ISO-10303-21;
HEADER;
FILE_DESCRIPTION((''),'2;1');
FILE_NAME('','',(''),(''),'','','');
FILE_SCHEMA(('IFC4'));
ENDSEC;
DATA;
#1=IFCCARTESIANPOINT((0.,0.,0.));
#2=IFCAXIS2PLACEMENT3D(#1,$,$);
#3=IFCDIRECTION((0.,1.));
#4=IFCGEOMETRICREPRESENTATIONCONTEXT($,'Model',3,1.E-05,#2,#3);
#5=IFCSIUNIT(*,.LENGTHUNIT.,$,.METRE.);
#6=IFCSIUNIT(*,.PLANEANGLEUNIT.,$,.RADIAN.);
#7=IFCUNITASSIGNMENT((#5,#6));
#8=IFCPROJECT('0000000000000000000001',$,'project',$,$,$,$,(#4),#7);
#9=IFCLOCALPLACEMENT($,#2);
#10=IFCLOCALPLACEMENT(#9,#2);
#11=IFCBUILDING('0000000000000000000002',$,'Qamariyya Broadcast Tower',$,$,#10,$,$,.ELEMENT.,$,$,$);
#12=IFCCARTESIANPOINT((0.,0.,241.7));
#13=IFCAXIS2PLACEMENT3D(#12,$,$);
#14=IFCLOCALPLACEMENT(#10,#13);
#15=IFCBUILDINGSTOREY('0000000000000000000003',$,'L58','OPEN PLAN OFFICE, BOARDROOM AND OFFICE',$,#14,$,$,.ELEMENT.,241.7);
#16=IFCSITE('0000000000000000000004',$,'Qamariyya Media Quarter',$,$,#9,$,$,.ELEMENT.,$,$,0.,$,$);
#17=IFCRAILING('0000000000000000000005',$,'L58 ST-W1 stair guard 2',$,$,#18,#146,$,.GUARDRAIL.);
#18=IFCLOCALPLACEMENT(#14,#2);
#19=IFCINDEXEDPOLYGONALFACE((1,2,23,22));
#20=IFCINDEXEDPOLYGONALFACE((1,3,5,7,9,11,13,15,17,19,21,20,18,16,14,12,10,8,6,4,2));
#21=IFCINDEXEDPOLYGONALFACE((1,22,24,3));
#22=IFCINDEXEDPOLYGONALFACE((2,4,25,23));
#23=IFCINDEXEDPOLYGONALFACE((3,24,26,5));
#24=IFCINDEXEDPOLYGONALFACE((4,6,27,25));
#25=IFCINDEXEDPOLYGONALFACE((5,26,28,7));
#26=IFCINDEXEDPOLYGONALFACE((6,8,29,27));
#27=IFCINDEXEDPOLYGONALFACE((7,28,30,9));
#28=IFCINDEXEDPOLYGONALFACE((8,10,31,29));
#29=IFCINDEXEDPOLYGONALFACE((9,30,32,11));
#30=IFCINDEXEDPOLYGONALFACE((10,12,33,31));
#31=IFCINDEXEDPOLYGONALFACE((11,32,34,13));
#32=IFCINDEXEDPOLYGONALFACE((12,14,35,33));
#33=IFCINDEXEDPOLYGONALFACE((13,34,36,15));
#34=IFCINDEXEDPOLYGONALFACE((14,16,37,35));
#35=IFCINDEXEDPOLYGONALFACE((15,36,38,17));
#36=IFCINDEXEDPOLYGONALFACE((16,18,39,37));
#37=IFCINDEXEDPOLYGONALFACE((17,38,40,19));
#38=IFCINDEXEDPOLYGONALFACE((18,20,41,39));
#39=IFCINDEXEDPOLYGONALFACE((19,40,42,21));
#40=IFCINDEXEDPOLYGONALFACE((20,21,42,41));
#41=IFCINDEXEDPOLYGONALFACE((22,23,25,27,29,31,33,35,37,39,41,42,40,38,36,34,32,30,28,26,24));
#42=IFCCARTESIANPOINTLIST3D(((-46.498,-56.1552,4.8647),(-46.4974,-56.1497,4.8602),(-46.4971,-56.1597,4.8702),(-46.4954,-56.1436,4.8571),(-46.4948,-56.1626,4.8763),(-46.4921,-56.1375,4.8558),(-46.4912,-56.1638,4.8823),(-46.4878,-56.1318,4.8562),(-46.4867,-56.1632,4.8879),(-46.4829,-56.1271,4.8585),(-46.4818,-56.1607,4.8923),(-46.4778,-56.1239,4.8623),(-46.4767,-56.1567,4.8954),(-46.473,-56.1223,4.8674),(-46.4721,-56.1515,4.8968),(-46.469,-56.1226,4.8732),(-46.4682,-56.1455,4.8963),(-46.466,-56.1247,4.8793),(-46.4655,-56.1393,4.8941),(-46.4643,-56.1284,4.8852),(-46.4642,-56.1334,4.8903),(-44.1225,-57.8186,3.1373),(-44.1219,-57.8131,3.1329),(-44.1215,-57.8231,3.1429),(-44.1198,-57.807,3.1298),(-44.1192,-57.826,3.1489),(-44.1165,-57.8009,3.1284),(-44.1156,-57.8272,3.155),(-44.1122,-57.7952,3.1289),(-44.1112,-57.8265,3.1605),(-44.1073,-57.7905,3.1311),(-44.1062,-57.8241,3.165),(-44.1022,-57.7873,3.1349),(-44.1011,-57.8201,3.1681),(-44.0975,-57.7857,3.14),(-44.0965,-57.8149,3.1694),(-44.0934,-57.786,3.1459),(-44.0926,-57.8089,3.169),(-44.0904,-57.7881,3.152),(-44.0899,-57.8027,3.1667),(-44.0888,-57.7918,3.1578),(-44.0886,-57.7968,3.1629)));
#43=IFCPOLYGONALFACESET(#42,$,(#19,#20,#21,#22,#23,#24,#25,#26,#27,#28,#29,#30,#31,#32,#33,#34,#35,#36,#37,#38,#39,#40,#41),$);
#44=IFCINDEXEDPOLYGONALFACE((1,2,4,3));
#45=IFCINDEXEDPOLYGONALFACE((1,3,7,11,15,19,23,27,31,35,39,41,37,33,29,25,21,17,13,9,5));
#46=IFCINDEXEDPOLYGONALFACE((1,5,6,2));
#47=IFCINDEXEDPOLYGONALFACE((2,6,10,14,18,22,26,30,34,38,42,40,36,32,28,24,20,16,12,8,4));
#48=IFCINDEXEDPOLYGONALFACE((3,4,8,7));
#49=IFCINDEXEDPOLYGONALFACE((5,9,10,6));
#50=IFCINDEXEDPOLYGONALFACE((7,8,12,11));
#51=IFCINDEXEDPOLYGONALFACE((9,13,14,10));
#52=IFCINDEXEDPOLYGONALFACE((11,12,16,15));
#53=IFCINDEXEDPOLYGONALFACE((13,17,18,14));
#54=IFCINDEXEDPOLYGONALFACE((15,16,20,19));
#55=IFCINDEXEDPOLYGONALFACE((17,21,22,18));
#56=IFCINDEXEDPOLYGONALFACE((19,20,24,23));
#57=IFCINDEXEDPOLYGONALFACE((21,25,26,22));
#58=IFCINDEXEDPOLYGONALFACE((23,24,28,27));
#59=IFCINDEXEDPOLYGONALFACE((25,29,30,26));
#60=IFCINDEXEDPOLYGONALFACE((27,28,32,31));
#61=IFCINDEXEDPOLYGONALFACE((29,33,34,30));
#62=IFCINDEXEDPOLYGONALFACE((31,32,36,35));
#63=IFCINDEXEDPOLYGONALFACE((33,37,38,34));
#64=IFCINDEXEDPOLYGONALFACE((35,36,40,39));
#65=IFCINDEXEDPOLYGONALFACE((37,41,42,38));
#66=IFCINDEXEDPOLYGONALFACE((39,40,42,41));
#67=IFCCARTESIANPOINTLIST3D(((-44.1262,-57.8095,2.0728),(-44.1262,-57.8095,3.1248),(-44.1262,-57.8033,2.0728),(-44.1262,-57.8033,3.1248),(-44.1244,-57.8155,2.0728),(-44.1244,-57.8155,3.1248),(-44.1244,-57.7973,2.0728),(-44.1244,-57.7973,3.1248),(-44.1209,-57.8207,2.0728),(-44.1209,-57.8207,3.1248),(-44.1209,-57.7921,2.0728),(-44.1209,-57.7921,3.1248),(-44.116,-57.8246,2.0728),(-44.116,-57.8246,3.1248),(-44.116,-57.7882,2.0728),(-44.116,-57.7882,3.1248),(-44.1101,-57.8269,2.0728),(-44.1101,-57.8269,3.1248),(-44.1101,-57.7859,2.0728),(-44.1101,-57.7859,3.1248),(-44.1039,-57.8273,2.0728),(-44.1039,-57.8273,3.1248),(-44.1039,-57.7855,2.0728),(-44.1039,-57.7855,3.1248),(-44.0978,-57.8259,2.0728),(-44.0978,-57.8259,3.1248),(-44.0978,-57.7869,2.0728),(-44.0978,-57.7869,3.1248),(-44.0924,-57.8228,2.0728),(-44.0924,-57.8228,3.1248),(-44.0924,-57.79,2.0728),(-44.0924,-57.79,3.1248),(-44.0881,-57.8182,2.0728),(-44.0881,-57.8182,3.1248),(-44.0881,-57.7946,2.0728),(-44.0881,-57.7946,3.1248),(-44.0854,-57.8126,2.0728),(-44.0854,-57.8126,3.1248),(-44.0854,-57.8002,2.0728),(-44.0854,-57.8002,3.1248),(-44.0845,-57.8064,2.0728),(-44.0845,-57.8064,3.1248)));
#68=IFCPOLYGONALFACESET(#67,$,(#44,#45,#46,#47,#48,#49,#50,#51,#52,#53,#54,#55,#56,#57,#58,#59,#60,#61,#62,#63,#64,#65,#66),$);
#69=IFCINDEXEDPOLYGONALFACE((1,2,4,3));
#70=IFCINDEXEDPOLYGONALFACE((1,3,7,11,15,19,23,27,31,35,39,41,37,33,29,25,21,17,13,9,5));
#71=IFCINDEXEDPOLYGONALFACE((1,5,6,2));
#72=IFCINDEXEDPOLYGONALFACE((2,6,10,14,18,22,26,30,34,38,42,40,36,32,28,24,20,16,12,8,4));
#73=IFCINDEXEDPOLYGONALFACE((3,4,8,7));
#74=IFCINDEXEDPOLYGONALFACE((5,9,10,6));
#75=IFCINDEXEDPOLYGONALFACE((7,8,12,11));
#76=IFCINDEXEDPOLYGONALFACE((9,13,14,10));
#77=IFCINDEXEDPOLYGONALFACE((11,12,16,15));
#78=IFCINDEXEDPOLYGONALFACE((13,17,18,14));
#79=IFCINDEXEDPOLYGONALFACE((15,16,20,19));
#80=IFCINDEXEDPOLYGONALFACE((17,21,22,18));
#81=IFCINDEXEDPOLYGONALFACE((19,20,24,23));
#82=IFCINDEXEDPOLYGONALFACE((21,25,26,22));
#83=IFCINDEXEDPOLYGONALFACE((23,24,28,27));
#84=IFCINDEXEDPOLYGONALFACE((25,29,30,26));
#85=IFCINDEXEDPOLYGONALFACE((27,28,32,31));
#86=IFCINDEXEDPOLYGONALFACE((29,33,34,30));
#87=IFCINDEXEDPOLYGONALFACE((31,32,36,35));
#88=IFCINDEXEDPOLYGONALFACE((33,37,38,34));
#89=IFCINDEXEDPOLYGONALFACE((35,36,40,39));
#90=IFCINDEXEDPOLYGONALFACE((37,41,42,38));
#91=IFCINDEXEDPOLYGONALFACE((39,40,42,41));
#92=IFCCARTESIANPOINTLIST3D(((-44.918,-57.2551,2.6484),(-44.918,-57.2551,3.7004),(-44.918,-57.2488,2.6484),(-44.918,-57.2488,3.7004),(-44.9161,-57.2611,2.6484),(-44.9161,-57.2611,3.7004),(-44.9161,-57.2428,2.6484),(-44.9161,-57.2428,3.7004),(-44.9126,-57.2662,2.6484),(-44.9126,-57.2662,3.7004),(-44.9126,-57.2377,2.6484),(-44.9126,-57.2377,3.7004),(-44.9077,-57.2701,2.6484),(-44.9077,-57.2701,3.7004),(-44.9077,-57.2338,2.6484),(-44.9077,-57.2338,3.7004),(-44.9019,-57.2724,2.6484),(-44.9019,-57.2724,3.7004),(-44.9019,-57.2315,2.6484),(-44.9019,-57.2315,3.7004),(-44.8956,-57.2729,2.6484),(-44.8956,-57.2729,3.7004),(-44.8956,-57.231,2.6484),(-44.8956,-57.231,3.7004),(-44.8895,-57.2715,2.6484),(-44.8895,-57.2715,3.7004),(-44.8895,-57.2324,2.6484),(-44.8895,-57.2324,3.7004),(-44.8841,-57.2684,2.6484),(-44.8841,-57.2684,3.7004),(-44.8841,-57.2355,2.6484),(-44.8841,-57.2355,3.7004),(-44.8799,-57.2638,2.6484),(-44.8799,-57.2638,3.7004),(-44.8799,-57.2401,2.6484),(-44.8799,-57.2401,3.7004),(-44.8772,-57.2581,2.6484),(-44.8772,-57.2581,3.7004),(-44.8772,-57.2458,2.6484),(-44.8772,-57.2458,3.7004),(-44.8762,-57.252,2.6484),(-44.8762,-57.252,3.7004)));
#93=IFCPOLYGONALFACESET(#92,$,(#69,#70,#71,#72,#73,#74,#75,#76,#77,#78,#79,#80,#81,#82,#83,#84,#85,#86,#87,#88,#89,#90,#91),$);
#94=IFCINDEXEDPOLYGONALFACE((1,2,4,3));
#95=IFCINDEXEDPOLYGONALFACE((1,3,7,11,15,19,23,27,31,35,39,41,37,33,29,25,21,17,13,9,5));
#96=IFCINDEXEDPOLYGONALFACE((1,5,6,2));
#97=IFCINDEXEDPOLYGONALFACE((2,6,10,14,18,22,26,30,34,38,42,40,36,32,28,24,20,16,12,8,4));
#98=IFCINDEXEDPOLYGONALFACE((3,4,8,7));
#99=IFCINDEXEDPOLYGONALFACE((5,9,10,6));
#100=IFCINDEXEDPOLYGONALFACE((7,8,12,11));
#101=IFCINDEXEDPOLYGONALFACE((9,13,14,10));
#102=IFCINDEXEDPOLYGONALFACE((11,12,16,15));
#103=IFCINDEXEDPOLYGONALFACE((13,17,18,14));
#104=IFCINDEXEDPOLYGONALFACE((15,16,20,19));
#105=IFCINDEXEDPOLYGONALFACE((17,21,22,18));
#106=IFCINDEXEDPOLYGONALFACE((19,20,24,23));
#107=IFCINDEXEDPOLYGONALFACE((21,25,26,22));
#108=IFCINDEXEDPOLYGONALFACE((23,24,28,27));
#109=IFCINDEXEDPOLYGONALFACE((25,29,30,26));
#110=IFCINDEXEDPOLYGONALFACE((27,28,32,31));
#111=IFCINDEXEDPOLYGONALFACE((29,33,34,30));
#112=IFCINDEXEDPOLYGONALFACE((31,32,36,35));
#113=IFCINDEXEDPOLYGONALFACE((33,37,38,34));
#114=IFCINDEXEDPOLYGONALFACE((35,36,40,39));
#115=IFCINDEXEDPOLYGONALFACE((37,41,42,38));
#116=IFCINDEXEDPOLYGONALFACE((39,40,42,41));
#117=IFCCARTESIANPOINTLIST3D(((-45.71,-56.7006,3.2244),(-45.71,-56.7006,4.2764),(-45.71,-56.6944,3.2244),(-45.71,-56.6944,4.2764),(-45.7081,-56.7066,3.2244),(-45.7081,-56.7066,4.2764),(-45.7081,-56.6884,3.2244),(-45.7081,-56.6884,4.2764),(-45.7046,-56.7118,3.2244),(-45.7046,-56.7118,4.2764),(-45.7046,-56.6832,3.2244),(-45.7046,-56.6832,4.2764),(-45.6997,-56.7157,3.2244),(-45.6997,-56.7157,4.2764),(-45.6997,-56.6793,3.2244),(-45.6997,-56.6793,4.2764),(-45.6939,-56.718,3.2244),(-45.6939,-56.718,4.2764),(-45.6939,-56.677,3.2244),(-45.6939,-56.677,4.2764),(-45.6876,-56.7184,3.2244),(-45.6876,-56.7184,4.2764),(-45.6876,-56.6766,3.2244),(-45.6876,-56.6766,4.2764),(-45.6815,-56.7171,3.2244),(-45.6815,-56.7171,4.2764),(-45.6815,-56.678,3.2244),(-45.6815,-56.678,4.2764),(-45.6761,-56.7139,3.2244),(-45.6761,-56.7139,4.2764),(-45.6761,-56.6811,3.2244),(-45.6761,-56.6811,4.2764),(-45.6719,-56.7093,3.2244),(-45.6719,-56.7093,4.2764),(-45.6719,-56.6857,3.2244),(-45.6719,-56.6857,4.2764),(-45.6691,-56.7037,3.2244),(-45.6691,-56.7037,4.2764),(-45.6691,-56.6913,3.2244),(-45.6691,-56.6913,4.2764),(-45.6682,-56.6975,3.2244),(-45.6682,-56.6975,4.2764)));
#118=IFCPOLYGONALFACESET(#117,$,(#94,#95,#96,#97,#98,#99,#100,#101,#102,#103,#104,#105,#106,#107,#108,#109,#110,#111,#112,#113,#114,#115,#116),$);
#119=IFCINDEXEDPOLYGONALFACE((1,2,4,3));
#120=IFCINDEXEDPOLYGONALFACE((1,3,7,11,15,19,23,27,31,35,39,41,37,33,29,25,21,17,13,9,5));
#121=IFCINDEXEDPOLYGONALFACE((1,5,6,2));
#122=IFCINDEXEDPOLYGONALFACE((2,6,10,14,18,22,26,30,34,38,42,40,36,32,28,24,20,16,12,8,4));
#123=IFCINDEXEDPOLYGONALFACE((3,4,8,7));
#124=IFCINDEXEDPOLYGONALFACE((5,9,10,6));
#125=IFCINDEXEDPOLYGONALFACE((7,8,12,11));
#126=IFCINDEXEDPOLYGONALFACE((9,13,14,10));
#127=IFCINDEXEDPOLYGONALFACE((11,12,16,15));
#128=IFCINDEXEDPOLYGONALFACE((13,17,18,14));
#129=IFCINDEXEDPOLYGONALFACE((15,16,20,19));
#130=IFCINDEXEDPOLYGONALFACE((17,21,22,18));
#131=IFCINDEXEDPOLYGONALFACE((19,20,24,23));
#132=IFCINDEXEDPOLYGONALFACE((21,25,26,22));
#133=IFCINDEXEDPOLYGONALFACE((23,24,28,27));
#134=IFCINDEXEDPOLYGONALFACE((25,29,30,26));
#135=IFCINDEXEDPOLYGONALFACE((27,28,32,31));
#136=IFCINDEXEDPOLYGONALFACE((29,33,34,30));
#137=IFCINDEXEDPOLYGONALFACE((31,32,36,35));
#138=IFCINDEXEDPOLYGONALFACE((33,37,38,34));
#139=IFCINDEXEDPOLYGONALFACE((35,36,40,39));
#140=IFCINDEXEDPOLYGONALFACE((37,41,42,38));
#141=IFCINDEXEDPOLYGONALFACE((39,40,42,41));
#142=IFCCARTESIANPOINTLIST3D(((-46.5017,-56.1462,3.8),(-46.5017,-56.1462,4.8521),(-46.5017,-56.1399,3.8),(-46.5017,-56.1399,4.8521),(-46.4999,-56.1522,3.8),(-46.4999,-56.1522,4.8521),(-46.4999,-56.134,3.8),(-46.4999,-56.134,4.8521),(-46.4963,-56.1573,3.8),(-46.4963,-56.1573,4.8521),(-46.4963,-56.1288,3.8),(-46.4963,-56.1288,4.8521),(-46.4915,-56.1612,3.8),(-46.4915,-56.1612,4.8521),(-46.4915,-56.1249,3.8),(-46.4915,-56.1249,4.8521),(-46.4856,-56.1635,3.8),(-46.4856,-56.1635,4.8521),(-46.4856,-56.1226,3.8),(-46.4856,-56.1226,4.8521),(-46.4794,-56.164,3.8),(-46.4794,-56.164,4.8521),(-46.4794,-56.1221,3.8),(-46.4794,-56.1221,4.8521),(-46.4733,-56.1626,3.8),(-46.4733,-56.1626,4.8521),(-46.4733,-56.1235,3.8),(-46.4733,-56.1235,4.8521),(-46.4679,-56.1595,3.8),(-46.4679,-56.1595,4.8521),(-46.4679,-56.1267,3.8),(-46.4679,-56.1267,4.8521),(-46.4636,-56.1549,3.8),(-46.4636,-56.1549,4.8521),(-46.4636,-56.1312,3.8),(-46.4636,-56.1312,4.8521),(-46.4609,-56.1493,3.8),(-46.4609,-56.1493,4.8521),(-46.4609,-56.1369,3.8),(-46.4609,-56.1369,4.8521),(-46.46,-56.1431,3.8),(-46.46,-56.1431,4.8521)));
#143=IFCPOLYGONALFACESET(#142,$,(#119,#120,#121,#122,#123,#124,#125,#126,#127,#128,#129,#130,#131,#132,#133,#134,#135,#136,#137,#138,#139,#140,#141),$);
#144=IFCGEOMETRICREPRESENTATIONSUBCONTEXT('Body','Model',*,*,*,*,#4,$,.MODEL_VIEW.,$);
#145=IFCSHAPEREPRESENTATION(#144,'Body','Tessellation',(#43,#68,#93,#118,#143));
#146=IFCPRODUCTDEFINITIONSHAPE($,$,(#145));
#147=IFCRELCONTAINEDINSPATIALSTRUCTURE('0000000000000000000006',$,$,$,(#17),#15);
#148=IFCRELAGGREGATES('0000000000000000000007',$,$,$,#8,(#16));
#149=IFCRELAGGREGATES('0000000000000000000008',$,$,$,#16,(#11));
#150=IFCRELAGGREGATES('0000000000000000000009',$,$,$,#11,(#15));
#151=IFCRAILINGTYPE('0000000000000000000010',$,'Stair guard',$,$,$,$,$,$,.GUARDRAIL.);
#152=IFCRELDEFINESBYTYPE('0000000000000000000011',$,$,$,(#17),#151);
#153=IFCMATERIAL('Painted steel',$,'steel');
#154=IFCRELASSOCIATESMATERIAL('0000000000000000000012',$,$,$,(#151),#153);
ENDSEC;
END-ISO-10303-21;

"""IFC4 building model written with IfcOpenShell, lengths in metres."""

from ifc_helpers import new_model, si_unit, direction, frame, origin, origin_2d, place, context, subcontext, project, spatial, circle, extrude, material, type_object, element, save


model = new_model("IFC4")

# Units and contexts
model_context = context("Model", 3, precision=1e-05, world=origin(), true_north=direction((0.0, 1.0)))
body_context = subcontext(model_context, "Body", "Model", "MODEL_VIEW")
ifc_project = project(units=[si_unit("LENGTHUNIT", "METRE"), si_unit("PLANEANGLEUNIT", "RADIAN")], contexts=[model_context])

# Site, building, storey
site_placement = place(None, origin())
site = spatial("IfcSite", under=ifc_project, at=site_placement, Name="Qamariyya Media Quarter", CompositionType="ELEMENT", RefElevation=0.0)
building_placement = place(site_placement, origin())
building = spatial("IfcBuilding", under=site, at=building_placement, Name="Qamariyya Broadcast Tower", CompositionType="ELEMENT")
storey_placement = place(building_placement, frame((0.0, 0.0, 241.7)))
storey = spatial("IfcBuildingStorey", under=building, at=storey_placement, Name="L58", Description="OPEN PLAN OFFICE, BOARDROOM AND OFFICE", CompositionType="ELEMENT", Elevation=241.7)

# Railing
ifc_material_1 = material(Name="Painted steel", Category="steel")
railing_type_1 = type_object("IfcRailingType", Name="Stair guard", PredefinedType="GUARDRAIL", material=ifc_material_1)
railing_1_placement = place(storey_placement, frame((-44.1055, -57.8064, 2.0728)))
element("IfcRailing", 1, at=railing_1_placement, inside=storey, type_object=railing_type_1, Name="L58 ST-W1 stair guard 2", PredefinedType="GUARDRAIL", context=body_context, shape_type="SweptSolid", body=[
    extrude(circle(Radius=0.0239, at=origin_2d()), frame((0.0, 0.0, 1.0762), z_axis=(-0.70377, 0.492784, 0.511734), x_axis=(-0.573575, -0.819153, 0.0)), (0.0, 0.0, 1.0), 3.3755),
    extrude(circle(Radius=0.021, at=origin_2d()), origin(), (0.0, 0.0, 1.0), 1.052),
    extrude(circle(Radius=0.021, at=origin_2d()), frame((-0.7917, 0.5544, 0.5757)), (0.0, 0.0, 1.0), 1.052),
    extrude(circle(Radius=0.021, at=origin_2d()), frame((-1.5837, 1.1089, 1.1516)), (0.0, 0.0, 1.0), 1.052),
    extrude(circle(Radius=0.021, at=origin_2d()), frame((-2.3755, 1.6633, 1.7273)), (0.0, 0.0, 1.0), 1.052),
])

save(model, "model.ifc")
